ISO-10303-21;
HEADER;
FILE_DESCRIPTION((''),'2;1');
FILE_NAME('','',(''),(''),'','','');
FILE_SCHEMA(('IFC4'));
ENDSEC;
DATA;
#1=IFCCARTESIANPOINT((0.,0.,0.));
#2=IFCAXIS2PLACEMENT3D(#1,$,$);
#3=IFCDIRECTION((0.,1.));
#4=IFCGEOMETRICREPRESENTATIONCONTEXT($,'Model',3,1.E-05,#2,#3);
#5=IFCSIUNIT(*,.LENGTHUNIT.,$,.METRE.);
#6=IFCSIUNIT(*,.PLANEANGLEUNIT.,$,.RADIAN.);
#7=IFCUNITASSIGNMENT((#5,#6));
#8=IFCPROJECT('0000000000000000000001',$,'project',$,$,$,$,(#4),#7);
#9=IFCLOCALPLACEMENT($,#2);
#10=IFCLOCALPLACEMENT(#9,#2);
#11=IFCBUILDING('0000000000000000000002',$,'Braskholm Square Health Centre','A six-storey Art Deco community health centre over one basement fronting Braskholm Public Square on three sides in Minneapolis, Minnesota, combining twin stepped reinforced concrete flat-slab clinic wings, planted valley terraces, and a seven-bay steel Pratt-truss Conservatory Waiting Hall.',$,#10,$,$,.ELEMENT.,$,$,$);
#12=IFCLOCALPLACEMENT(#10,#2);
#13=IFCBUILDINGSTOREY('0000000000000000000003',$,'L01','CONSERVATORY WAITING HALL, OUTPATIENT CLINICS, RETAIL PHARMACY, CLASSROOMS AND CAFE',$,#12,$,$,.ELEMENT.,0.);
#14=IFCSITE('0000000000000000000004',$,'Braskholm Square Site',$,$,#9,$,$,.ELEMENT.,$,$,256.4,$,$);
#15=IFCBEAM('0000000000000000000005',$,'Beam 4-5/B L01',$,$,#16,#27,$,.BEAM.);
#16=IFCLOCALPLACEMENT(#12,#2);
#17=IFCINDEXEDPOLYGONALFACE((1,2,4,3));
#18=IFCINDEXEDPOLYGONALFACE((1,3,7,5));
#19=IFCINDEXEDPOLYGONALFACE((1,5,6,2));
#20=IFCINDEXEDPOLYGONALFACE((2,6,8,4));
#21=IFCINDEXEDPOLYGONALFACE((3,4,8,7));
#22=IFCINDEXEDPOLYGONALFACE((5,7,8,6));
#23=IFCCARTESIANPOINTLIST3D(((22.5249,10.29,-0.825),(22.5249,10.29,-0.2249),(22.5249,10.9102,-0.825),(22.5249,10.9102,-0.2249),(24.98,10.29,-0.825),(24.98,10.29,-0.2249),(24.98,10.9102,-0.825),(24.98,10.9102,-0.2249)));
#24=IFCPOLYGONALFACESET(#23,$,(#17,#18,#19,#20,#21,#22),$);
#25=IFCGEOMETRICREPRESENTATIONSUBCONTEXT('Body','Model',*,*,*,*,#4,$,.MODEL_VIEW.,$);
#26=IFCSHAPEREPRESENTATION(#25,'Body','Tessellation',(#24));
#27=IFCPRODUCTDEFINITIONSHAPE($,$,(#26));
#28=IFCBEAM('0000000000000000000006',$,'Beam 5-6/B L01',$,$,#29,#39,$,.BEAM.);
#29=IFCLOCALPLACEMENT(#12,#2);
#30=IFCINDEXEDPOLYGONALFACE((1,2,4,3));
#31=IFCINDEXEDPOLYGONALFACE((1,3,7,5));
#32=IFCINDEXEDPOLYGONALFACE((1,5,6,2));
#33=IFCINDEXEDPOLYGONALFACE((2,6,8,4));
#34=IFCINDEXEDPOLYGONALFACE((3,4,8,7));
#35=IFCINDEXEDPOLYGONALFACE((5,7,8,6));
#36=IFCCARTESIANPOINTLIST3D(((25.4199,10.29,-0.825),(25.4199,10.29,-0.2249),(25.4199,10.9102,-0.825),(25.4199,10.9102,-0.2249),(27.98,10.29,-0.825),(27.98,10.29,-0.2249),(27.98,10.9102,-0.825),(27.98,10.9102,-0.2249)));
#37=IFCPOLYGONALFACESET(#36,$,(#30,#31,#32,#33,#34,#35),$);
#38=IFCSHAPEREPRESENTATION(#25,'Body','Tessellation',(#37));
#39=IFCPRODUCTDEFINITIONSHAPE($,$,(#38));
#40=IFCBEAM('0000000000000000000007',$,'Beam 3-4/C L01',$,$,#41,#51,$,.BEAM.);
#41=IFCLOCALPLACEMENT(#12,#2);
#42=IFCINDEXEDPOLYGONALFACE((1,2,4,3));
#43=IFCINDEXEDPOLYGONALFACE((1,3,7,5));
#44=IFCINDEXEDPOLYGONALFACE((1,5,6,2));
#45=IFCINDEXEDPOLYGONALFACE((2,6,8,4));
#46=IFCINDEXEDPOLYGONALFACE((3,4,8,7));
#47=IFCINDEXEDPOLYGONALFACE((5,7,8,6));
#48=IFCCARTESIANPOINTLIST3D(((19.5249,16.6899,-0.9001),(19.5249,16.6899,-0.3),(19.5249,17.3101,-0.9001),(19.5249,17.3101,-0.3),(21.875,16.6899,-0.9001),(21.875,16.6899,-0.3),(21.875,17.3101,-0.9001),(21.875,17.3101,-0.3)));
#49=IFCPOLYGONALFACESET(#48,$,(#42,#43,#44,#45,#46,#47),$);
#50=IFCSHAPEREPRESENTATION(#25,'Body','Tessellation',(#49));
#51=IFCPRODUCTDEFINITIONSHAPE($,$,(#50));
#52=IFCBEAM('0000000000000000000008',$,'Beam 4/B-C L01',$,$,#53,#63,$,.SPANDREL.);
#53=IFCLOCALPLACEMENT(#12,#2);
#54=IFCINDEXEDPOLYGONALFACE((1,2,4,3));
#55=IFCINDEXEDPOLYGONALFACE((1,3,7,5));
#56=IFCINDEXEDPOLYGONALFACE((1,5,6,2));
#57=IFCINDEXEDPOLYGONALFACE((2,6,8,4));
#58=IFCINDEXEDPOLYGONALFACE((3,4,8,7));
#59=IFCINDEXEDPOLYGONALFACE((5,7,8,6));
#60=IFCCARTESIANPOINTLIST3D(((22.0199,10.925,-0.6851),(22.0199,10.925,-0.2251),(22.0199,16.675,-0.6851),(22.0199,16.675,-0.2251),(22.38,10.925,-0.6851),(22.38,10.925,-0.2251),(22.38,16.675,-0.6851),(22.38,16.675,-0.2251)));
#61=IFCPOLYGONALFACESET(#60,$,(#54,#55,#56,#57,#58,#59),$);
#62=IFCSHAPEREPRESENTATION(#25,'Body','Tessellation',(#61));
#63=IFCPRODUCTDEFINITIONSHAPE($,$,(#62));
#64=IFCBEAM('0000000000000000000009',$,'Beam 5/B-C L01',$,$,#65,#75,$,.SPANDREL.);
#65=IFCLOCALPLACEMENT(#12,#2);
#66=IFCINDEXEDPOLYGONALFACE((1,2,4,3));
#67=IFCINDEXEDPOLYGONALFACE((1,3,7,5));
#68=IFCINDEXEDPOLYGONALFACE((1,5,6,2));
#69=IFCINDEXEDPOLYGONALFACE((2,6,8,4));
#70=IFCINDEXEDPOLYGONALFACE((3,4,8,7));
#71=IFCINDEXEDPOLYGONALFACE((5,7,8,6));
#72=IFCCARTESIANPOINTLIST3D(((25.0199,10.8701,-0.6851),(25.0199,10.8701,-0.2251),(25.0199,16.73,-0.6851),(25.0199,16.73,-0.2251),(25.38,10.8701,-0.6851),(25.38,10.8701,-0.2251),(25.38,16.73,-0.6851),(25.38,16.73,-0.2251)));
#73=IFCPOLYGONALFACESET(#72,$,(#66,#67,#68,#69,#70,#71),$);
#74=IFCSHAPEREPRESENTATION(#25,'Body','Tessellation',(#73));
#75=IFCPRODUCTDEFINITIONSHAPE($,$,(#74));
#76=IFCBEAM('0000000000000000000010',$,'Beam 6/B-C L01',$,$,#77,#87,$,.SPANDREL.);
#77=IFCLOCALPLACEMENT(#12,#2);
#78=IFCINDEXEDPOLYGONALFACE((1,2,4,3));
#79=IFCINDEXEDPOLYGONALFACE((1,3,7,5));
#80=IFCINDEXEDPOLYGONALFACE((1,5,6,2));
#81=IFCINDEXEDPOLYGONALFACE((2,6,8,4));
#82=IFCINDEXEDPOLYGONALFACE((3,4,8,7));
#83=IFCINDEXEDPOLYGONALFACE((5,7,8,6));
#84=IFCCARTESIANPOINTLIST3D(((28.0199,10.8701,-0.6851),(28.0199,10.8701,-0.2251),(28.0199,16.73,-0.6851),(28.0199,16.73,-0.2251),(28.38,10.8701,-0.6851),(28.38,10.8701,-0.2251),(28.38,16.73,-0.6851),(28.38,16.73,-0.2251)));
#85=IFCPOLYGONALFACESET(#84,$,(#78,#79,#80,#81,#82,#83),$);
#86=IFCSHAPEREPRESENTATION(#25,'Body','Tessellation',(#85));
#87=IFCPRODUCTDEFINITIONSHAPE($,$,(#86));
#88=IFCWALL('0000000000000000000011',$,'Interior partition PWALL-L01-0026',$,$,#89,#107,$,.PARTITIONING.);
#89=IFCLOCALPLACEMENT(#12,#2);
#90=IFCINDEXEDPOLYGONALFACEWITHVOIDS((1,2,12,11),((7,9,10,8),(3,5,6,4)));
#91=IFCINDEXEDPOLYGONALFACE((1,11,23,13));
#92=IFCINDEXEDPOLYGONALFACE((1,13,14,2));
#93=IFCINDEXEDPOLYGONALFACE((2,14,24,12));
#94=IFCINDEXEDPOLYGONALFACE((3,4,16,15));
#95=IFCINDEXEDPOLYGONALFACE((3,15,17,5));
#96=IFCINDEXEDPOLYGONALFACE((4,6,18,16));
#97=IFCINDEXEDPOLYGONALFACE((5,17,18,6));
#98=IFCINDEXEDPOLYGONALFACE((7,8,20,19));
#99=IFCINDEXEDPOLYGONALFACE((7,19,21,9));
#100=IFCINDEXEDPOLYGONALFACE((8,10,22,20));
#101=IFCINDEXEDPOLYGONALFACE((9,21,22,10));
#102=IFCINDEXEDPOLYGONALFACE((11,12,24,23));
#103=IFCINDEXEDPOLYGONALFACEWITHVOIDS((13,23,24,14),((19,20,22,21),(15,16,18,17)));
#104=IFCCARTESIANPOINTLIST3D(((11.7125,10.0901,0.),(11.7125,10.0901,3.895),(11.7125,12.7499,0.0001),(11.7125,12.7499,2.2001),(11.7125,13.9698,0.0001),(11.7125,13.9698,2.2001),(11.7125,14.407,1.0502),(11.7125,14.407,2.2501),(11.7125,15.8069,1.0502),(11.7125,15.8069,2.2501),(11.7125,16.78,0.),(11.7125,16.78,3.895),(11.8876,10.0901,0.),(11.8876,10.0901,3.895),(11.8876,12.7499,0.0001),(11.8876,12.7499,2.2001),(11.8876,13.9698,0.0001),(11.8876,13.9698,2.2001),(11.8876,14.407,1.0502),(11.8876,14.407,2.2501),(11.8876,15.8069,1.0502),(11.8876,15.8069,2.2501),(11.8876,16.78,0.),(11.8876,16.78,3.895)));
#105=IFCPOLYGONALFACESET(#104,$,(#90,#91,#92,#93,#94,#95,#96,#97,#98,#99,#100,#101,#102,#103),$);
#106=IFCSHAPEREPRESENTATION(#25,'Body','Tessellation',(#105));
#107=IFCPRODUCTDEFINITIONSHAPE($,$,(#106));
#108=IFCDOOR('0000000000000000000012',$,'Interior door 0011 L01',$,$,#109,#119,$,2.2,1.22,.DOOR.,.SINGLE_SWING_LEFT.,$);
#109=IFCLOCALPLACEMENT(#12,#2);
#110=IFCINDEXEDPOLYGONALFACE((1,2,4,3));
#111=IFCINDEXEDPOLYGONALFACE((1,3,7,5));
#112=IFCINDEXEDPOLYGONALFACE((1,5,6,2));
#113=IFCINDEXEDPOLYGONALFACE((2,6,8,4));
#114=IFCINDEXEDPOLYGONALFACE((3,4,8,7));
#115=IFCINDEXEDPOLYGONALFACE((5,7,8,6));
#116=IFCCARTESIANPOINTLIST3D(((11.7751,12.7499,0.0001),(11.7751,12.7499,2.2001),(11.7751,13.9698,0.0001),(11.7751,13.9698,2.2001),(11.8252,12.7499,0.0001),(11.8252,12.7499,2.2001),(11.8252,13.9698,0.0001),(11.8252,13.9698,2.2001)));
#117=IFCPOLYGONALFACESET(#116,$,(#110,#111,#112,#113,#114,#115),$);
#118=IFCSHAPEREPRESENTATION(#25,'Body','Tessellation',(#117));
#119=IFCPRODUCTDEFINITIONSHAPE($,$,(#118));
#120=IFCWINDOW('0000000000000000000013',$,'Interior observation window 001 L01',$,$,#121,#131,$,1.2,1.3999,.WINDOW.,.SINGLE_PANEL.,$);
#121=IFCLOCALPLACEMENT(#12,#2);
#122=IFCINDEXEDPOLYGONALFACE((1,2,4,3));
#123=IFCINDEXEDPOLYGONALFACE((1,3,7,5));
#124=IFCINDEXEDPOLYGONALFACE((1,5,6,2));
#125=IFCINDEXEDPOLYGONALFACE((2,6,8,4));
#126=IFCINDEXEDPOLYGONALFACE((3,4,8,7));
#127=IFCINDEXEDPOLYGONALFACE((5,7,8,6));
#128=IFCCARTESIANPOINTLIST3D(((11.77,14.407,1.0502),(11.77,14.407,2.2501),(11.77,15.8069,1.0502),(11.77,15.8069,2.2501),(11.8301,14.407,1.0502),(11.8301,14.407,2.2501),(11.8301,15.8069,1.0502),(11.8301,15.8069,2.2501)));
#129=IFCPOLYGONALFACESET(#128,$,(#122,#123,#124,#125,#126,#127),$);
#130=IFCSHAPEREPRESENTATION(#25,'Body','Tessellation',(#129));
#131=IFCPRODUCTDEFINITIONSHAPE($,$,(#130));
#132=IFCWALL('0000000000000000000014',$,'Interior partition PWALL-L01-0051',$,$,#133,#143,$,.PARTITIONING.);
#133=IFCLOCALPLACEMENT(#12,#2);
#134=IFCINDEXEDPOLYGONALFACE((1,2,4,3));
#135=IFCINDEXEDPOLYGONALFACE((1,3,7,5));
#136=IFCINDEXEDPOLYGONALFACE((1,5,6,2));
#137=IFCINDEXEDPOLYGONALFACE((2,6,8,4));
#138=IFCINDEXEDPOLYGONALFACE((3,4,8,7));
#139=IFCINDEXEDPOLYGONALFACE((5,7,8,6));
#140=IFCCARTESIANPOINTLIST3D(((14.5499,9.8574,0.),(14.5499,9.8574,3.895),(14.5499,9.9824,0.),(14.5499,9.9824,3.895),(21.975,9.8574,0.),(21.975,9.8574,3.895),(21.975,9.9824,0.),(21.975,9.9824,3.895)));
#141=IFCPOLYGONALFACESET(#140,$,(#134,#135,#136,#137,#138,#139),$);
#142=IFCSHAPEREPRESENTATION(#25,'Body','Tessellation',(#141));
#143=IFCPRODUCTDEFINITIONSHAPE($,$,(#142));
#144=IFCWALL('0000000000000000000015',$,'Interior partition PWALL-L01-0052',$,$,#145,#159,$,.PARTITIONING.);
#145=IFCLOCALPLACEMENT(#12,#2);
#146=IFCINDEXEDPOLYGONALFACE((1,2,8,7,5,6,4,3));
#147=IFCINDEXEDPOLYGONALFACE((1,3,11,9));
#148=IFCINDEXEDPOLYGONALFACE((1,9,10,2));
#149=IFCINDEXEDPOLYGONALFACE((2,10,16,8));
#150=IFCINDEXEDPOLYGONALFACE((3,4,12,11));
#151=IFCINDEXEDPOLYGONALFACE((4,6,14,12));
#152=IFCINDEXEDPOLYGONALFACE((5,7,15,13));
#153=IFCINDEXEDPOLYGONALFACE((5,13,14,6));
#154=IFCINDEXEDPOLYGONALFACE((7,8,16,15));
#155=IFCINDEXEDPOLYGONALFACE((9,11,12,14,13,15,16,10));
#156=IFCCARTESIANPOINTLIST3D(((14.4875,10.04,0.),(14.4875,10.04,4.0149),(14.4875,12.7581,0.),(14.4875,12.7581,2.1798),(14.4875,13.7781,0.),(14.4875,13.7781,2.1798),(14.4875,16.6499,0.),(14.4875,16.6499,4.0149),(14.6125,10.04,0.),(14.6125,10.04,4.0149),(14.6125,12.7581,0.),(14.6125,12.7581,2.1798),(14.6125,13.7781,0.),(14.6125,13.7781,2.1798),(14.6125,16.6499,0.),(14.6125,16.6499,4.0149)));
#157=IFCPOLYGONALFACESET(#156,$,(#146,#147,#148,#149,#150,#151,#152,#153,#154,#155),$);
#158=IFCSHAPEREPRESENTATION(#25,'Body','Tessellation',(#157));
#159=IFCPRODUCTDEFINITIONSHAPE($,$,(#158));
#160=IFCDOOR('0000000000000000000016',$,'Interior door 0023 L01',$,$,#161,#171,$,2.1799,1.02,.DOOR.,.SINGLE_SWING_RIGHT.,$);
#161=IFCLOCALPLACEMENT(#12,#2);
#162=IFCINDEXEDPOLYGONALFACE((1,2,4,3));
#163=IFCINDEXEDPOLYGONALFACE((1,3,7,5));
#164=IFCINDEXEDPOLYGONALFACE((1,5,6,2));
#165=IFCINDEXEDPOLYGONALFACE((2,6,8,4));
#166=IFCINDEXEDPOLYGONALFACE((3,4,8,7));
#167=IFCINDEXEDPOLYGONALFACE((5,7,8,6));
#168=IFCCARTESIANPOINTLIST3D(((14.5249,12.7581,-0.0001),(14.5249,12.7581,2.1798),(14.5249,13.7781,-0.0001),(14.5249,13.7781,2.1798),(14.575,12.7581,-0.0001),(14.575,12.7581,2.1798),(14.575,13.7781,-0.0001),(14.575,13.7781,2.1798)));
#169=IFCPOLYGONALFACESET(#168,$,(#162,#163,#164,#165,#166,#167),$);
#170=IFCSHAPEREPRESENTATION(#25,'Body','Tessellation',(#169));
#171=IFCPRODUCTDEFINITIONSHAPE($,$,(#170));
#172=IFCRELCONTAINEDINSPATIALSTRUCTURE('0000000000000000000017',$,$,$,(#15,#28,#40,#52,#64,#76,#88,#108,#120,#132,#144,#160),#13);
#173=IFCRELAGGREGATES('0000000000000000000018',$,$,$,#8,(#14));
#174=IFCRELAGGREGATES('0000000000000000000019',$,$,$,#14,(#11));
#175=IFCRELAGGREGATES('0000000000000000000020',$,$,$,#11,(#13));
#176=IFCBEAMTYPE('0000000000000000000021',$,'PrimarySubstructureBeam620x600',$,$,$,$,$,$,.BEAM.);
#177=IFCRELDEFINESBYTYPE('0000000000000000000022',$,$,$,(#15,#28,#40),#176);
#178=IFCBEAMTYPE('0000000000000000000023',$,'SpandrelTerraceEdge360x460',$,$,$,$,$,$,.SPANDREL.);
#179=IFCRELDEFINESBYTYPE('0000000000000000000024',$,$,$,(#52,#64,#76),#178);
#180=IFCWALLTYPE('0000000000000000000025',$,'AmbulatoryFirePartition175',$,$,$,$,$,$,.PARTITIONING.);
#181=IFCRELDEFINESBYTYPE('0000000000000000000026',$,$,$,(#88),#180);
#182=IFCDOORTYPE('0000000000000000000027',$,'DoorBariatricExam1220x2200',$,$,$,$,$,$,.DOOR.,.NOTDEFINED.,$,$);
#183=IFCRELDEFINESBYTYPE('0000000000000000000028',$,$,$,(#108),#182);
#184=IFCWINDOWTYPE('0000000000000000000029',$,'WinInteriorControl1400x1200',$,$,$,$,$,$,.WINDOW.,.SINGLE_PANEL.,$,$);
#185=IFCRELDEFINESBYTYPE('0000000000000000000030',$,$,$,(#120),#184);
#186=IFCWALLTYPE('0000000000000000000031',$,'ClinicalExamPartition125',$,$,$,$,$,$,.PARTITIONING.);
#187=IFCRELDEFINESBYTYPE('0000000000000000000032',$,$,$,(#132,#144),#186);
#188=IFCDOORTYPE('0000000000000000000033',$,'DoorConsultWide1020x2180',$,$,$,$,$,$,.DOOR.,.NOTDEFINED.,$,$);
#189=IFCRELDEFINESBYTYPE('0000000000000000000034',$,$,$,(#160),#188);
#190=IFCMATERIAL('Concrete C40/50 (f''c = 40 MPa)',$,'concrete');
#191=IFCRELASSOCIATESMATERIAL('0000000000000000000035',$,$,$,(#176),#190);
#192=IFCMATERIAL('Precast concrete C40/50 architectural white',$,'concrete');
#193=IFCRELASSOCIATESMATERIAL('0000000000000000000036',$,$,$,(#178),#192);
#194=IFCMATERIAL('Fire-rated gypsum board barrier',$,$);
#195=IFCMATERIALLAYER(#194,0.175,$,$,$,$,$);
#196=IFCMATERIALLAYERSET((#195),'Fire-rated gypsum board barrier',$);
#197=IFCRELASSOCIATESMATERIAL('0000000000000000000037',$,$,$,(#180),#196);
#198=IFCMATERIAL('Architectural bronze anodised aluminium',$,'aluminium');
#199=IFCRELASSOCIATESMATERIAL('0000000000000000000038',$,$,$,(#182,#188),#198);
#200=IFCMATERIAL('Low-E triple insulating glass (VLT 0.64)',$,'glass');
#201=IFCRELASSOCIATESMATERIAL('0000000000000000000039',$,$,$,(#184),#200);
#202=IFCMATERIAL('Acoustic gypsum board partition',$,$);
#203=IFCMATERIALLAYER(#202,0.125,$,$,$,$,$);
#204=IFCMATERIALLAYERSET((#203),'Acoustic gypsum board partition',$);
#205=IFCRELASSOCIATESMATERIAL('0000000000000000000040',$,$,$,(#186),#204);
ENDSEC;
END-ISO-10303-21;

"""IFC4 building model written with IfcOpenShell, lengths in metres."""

from ifc_helpers import new_model, si_unit, direction, frame, frame_2d, origin, origin_with_axes, origin_2d, place, context, subcontext, project, spatial, rectangle, extrude, material, layer, layer_set, material_profile, profile_set, type_object, element, fill, save


model = new_model("IFC4")

# Units and contexts
model_context = context("Model", 3, precision=1e-05, world=origin(), true_north=direction((0.0, 1.0)))
body_context = subcontext(model_context, "Body", "Model", "MODEL_VIEW")
ifc_project = project(units=[si_unit("LENGTHUNIT", "METRE"), si_unit("PLANEANGLEUNIT", "RADIAN")], contexts=[model_context])

# Site, building, storey
site_placement = place(None, origin())
site = spatial("IfcSite", under=ifc_project, at=site_placement, Name="Braskholm Square Site", CompositionType="ELEMENT", RefElevation=256.4)
building_placement = place(site_placement, origin())
building = spatial("IfcBuilding", under=site, at=building_placement, Name="Braskholm Square Health Centre", Description="A six-storey Art Deco community health centre over one basement fronting Braskholm Public Square on three sides in Minneapolis, Minnesota, combining twin stepped reinforced concrete flat-slab clinic wings, planted valley terraces, and a seven-bay steel Pratt-truss Conservatory Waiting Hall.", CompositionType="ELEMENT")
storey_placement = place(building_placement, origin())
storey = spatial("IfcBuildingStorey", under=building, at=storey_placement, Name="L01", Description="CONSERVATORY WAITING HALL, OUTPATIENT CLINICS, RETAIL PHARMACY, CLASSROOMS AND CAFE", CompositionType="ELEMENT", Elevation=0.0)

# Shared definitions
ifc_material_1 = material(Name="Concrete C40/50 (f'c = 40 MPa)", Category="concrete")
ifc_material_2 = material(Name="Precast concrete C40/50 architectural white", Category="concrete")

# Beams
ifc_material_profile_1 = material_profile(ifc_material_1, rectangle(XDim=0.6201, YDim=0.6001, at=origin_2d()), Name="RCB-620X600")
ifc_profile_set_1 = profile_set([ifc_material_profile_1], Name="Concrete C40/50 (f'c = 40 MPa)")
beam_type_1 = type_object("IfcBeamType", Name="PrimarySubstructureBeam620x600", PredefinedType="BEAM", material=ifc_profile_set_1)
beam_1_placement = place(storey_placement, frame((22.5249, 10.6001, -0.5249), z_axis=(1.0, 0.0, 0.0), x_axis=(0.0, 1.0, 0.0)))
element("IfcBeam", 1, at=beam_1_placement, inside=storey, type_object=beam_type_1, Name="Beam 4-5/B L01", PredefinedType="BEAM", context=body_context, shape_type="SweptSolid", body=[
    extrude(rectangle(XDim=0.6201, YDim=0.6001, at=origin_2d()), origin(), (0.0, 0.0, 1.0), 2.4551),
])
beam_2_placement = place(storey_placement, frame((25.4199, 10.6001, -0.5249), z_axis=(1.0, 0.0, 0.0), x_axis=(0.0, 1.0, 0.0)))
element("IfcBeam", 2, at=beam_2_placement, inside=storey, type_object=beam_type_1, Name="Beam 5-6/B L01", PredefinedType="BEAM", context=body_context, shape_type="SweptSolid", body=[
    extrude(rectangle(XDim=0.6201, YDim=0.6001, at=origin_2d()), origin(), (0.0, 0.0, 1.0), 2.5601),
])
beam_3_placement = place(storey_placement, frame((19.5249, 17.0, -0.6001), z_axis=(1.0, 0.0, 0.0), x_axis=(0.0, 1.0, 0.0)))
element("IfcBeam", 3, at=beam_3_placement, inside=storey, type_object=beam_type_1, Name="Beam 3-4/C L01", PredefinedType="BEAM", context=body_context, shape_type="SweptSolid", body=[
    extrude(rectangle(XDim=0.6201, YDim=0.6001, at=origin_2d()), origin(), (0.0, 0.0, 1.0), 2.3501),
])
ifc_material_profile_2 = material_profile(ifc_material_2, rectangle(XDim=0.3601, YDim=0.46, at=origin_2d()), Name="RCB-360X460")
ifc_profile_set_2 = profile_set([ifc_material_profile_2], Name="Precast concrete C40/50 architectural white")
beam_type_2 = type_object("IfcBeamType", Name="SpandrelTerraceEdge360x460", PredefinedType="SPANDREL", material=ifc_profile_set_2)
beam_4_placement = place(storey_placement, frame((22.2, 10.925, -0.4551), z_axis=(0.0, 1.0, 0.0), x_axis=(-1.0, 0.0, 0.0)))
element("IfcBeam", 4, at=beam_4_placement, inside=storey, type_object=beam_type_2, Name="Beam 4/B-C L01", PredefinedType="SPANDREL", context=body_context, shape_type="SweptSolid", body=[
    extrude(rectangle(XDim=0.3601, YDim=0.46, at=origin_2d()), origin(), (0.0, 0.0, 1.0), 5.75),
])
for number, where, z_axis, x_axis, name in (
    (5, (25.2, 10.8701, -0.4551), (0.0, 1.0, 0.0), (-1.0, 0.0, 0.0), "Beam 5/B-C L01"),
    (6, (28.2, 10.8701, -0.4551), (0.0, 1.0, 0.0), (-1.0, 0.0, 0.0), "Beam 6/B-C L01"),
):
    element("IfcBeam", number, at=place(storey_placement, frame(where, z_axis=z_axis, x_axis=x_axis)), inside=storey, type_object=beam_type_2, Name=name, PredefinedType="SPANDREL", context=body_context, shape_type="SweptSolid", body=[
        extrude(rectangle(XDim=0.3601, YDim=0.46, at=origin_2d()), origin(), (0.0, 0.0, 1.0), 5.8599),
    ])

# Wall, openings, door, window
ifc_material_3 = material(Name="Fire-rated gypsum board barrier")
ifc_layer_1 = layer(ifc_material_3, 0.175)
ifc_layer_set_1 = layer_set([ifc_layer_1], Name="Fire-rated gypsum board barrier")
wall_type_1 = type_object("IfcWallType", Name="AmbulatoryFirePartition175", PredefinedType="PARTITIONING", material=ifc_layer_set_1)
wall_1_placement = place(storey_placement, frame((11.8, 10.0901, 0.0), z_axis=(0.0, 0.0, 1.0), x_axis=(0.0, 1.0, 0.0)))
wall_1 = element("IfcWall", 7, at=wall_1_placement, inside=storey, type_object=wall_type_1, Name="Interior partition PWALL-L01-0026", PredefinedType="PARTITIONING", context=body_context, shape_type="SweptSolid", body=[
    extrude(rectangle(XDim=6.6899, YDim=0.175, at=frame_2d((3.345, 0.0))), origin(), (0.0, 0.0, 1.0), 3.895),
])
opening_1_placement = place(wall_1_placement, frame((2.6599, 0.0, 0.0)))
opening_1 = element("IfcOpeningElement", 8, at=opening_1_placement, cuts=wall_1, PredefinedType="OPENING", context=body_context, shape_type="SweptSolid", body=[
    extrude(rectangle(XDim=1.22, YDim=2.2, at=frame_2d((0.6099, 1.1001))), frame((0.0, 0.0977, 0.0), z_axis=(0.0, -1.0, 0.0), x_axis=(1.0, 0.0, 0.0)), (0.0, 0.0, 1.0), 0.1951),
])
opening_2_placement = place(wall_1_placement, frame((4.3169, 0.0, 1.05)))
opening_2 = element("IfcOpeningElement", 9, at=opening_2_placement, cuts=wall_1, PredefinedType="OPENING", context=body_context, shape_type="SweptSolid", body=[
    extrude(rectangle(XDim=1.3999, YDim=1.2, at=frame_2d((0.7, 0.6001))), frame((0.0, 0.0977, 0.0), z_axis=(0.0, -1.0, 0.0), x_axis=(1.0, 0.0, 0.0)), (0.0, 0.0, 1.0), 0.1951),
])
ifc_material_4 = material(Name="Architectural bronze anodised aluminium", Category="aluminium")
door_type_1 = type_object("IfcDoorType", Name="DoorBariatricExam1220x2200", OperationType="NOTDEFINED", PredefinedType="DOOR", material=ifc_material_4)
door_1_placement = place(opening_1_placement, origin_with_axes())
door_1 = element("IfcDoor", 10, at=door_1_placement, inside=storey, type_object=door_type_1, Name="Interior door 0011 L01", OperationType="SINGLE_SWING_LEFT", OverallHeight=2.2, OverallWidth=1.22, PredefinedType="DOOR", context=body_context, shape_type="SweptSolid", body=[
    extrude(rectangle(XDim=1.22, YDim=2.2, at=frame_2d((0.6099, 1.1001))), frame((0.0, 0.0249, 0.0), z_axis=(0.0, -1.0, 0.0), x_axis=(1.0, 0.0, 0.0)), (0.0, 0.0, 1.0), 0.05),
])
fill(opening_1, door_1)
ifc_material_5 = material(Name="Low-E triple insulating glass (VLT 0.64)", Category="glass")
window_type_1 = type_object("IfcWindowType", Name="WinInteriorControl1400x1200", PartitioningType="SINGLE_PANEL", PredefinedType="WINDOW", material=ifc_material_5)
window_1_placement = place(opening_2_placement, origin_with_axes())
window_1 = element("IfcWindow", 11, at=window_1_placement, inside=storey, type_object=window_type_1, Name="Interior observation window 001 L01", OverallHeight=1.2, OverallWidth=1.3999, PartitioningType="SINGLE_PANEL", PredefinedType="WINDOW", context=body_context, shape_type="SweptSolid", body=[
    extrude(rectangle(XDim=1.3999, YDim=1.2, at=frame_2d((0.7, 0.6001))), frame((0.0, 0.03, 0.0), z_axis=(0.0, -1.0, 0.0), x_axis=(1.0, 0.0, 0.0)), (0.0, 0.0, 1.0), 0.0601),
])
fill(opening_2, window_1)

# Wall
ifc_material_6 = material(Name="Acoustic gypsum board partition")
ifc_layer_2 = layer(ifc_material_6, 0.125)
ifc_layer_set_2 = layer_set([ifc_layer_2], Name="Acoustic gypsum board partition")
wall_type_2 = type_object("IfcWallType", Name="ClinicalExamPartition125", PredefinedType="PARTITIONING", material=ifc_layer_set_2)
wall_2_placement = place(storey_placement, frame((14.55, 9.9199, 0.0), z_axis=(0.0, 0.0, 1.0), x_axis=(1.0, 0.0, 0.0)))
element("IfcWall", 12, at=wall_2_placement, inside=storey, type_object=wall_type_2, Name="Interior partition PWALL-L01-0051", PredefinedType="PARTITIONING", context=body_context, shape_type="SweptSolid", body=[
    extrude(rectangle(XDim=7.425, YDim=0.125, at=frame_2d((3.7124, 0.0))), origin(), (0.0, 0.0, 1.0), 3.895),
])

# Wall, opening, door
wall_3_placement = place(storey_placement, frame((14.55, 10.04, 0.0), z_axis=(0.0, 0.0, 1.0), x_axis=(0.0, 1.0, 0.0)))
wall_3 = element("IfcWall", 13, at=wall_3_placement, inside=storey, type_object=wall_type_2, Name="Interior partition PWALL-L01-0052", PredefinedType="PARTITIONING", context=body_context, shape_type="SweptSolid", body=[
    extrude(rectangle(XDim=6.6099, YDim=0.125, at=frame_2d((3.3049, 0.0))), origin(), (0.0, 0.0, 1.0), 4.0149),
])
opening_3_placement = place(wall_3_placement, frame((2.718, 0.0, 0.0)))
opening_3 = element("IfcOpeningElement", 14, at=opening_3_placement, cuts=wall_3, PredefinedType="OPENING", context=body_context, shape_type="SweptSolid", body=[
    extrude(rectangle(XDim=1.02, YDim=2.1799, at=frame_2d((0.51, 1.0898))), frame((0.0, 0.0725, 0.0), z_axis=(0.0, -1.0, 0.0), x_axis=(1.0, 0.0, 0.0)), (0.0, 0.0, 1.0), 0.145),
])
door_type_2 = type_object("IfcDoorType", Name="DoorConsultWide1020x2180", OperationType="NOTDEFINED", PredefinedType="DOOR", material=ifc_material_4)
door_2_placement = place(opening_3_placement, frame((1.02, 0.0, 0.0), z_axis=(0.0, 0.0, 1.0), x_axis=(-1.0, 0.0, 0.0)))
door_2 = element("IfcDoor", 15, at=door_2_placement, inside=storey, type_object=door_type_2, Name="Interior door 0023 L01", OperationType="SINGLE_SWING_RIGHT", OverallHeight=2.1799, OverallWidth=1.02, PredefinedType="DOOR", context=body_context, shape_type="SweptSolid", body=[
    extrude(rectangle(XDim=1.02, YDim=2.1799, at=frame_2d((0.51, 1.0898))), frame((0.0, 0.0249, 0.0), z_axis=(0.0, -1.0, 0.0), x_axis=(1.0, 0.0, 0.0)), (0.0, 0.0, 1.0), 0.05),
])
fill(opening_3, door_2)

save(model, "model.ifc")
